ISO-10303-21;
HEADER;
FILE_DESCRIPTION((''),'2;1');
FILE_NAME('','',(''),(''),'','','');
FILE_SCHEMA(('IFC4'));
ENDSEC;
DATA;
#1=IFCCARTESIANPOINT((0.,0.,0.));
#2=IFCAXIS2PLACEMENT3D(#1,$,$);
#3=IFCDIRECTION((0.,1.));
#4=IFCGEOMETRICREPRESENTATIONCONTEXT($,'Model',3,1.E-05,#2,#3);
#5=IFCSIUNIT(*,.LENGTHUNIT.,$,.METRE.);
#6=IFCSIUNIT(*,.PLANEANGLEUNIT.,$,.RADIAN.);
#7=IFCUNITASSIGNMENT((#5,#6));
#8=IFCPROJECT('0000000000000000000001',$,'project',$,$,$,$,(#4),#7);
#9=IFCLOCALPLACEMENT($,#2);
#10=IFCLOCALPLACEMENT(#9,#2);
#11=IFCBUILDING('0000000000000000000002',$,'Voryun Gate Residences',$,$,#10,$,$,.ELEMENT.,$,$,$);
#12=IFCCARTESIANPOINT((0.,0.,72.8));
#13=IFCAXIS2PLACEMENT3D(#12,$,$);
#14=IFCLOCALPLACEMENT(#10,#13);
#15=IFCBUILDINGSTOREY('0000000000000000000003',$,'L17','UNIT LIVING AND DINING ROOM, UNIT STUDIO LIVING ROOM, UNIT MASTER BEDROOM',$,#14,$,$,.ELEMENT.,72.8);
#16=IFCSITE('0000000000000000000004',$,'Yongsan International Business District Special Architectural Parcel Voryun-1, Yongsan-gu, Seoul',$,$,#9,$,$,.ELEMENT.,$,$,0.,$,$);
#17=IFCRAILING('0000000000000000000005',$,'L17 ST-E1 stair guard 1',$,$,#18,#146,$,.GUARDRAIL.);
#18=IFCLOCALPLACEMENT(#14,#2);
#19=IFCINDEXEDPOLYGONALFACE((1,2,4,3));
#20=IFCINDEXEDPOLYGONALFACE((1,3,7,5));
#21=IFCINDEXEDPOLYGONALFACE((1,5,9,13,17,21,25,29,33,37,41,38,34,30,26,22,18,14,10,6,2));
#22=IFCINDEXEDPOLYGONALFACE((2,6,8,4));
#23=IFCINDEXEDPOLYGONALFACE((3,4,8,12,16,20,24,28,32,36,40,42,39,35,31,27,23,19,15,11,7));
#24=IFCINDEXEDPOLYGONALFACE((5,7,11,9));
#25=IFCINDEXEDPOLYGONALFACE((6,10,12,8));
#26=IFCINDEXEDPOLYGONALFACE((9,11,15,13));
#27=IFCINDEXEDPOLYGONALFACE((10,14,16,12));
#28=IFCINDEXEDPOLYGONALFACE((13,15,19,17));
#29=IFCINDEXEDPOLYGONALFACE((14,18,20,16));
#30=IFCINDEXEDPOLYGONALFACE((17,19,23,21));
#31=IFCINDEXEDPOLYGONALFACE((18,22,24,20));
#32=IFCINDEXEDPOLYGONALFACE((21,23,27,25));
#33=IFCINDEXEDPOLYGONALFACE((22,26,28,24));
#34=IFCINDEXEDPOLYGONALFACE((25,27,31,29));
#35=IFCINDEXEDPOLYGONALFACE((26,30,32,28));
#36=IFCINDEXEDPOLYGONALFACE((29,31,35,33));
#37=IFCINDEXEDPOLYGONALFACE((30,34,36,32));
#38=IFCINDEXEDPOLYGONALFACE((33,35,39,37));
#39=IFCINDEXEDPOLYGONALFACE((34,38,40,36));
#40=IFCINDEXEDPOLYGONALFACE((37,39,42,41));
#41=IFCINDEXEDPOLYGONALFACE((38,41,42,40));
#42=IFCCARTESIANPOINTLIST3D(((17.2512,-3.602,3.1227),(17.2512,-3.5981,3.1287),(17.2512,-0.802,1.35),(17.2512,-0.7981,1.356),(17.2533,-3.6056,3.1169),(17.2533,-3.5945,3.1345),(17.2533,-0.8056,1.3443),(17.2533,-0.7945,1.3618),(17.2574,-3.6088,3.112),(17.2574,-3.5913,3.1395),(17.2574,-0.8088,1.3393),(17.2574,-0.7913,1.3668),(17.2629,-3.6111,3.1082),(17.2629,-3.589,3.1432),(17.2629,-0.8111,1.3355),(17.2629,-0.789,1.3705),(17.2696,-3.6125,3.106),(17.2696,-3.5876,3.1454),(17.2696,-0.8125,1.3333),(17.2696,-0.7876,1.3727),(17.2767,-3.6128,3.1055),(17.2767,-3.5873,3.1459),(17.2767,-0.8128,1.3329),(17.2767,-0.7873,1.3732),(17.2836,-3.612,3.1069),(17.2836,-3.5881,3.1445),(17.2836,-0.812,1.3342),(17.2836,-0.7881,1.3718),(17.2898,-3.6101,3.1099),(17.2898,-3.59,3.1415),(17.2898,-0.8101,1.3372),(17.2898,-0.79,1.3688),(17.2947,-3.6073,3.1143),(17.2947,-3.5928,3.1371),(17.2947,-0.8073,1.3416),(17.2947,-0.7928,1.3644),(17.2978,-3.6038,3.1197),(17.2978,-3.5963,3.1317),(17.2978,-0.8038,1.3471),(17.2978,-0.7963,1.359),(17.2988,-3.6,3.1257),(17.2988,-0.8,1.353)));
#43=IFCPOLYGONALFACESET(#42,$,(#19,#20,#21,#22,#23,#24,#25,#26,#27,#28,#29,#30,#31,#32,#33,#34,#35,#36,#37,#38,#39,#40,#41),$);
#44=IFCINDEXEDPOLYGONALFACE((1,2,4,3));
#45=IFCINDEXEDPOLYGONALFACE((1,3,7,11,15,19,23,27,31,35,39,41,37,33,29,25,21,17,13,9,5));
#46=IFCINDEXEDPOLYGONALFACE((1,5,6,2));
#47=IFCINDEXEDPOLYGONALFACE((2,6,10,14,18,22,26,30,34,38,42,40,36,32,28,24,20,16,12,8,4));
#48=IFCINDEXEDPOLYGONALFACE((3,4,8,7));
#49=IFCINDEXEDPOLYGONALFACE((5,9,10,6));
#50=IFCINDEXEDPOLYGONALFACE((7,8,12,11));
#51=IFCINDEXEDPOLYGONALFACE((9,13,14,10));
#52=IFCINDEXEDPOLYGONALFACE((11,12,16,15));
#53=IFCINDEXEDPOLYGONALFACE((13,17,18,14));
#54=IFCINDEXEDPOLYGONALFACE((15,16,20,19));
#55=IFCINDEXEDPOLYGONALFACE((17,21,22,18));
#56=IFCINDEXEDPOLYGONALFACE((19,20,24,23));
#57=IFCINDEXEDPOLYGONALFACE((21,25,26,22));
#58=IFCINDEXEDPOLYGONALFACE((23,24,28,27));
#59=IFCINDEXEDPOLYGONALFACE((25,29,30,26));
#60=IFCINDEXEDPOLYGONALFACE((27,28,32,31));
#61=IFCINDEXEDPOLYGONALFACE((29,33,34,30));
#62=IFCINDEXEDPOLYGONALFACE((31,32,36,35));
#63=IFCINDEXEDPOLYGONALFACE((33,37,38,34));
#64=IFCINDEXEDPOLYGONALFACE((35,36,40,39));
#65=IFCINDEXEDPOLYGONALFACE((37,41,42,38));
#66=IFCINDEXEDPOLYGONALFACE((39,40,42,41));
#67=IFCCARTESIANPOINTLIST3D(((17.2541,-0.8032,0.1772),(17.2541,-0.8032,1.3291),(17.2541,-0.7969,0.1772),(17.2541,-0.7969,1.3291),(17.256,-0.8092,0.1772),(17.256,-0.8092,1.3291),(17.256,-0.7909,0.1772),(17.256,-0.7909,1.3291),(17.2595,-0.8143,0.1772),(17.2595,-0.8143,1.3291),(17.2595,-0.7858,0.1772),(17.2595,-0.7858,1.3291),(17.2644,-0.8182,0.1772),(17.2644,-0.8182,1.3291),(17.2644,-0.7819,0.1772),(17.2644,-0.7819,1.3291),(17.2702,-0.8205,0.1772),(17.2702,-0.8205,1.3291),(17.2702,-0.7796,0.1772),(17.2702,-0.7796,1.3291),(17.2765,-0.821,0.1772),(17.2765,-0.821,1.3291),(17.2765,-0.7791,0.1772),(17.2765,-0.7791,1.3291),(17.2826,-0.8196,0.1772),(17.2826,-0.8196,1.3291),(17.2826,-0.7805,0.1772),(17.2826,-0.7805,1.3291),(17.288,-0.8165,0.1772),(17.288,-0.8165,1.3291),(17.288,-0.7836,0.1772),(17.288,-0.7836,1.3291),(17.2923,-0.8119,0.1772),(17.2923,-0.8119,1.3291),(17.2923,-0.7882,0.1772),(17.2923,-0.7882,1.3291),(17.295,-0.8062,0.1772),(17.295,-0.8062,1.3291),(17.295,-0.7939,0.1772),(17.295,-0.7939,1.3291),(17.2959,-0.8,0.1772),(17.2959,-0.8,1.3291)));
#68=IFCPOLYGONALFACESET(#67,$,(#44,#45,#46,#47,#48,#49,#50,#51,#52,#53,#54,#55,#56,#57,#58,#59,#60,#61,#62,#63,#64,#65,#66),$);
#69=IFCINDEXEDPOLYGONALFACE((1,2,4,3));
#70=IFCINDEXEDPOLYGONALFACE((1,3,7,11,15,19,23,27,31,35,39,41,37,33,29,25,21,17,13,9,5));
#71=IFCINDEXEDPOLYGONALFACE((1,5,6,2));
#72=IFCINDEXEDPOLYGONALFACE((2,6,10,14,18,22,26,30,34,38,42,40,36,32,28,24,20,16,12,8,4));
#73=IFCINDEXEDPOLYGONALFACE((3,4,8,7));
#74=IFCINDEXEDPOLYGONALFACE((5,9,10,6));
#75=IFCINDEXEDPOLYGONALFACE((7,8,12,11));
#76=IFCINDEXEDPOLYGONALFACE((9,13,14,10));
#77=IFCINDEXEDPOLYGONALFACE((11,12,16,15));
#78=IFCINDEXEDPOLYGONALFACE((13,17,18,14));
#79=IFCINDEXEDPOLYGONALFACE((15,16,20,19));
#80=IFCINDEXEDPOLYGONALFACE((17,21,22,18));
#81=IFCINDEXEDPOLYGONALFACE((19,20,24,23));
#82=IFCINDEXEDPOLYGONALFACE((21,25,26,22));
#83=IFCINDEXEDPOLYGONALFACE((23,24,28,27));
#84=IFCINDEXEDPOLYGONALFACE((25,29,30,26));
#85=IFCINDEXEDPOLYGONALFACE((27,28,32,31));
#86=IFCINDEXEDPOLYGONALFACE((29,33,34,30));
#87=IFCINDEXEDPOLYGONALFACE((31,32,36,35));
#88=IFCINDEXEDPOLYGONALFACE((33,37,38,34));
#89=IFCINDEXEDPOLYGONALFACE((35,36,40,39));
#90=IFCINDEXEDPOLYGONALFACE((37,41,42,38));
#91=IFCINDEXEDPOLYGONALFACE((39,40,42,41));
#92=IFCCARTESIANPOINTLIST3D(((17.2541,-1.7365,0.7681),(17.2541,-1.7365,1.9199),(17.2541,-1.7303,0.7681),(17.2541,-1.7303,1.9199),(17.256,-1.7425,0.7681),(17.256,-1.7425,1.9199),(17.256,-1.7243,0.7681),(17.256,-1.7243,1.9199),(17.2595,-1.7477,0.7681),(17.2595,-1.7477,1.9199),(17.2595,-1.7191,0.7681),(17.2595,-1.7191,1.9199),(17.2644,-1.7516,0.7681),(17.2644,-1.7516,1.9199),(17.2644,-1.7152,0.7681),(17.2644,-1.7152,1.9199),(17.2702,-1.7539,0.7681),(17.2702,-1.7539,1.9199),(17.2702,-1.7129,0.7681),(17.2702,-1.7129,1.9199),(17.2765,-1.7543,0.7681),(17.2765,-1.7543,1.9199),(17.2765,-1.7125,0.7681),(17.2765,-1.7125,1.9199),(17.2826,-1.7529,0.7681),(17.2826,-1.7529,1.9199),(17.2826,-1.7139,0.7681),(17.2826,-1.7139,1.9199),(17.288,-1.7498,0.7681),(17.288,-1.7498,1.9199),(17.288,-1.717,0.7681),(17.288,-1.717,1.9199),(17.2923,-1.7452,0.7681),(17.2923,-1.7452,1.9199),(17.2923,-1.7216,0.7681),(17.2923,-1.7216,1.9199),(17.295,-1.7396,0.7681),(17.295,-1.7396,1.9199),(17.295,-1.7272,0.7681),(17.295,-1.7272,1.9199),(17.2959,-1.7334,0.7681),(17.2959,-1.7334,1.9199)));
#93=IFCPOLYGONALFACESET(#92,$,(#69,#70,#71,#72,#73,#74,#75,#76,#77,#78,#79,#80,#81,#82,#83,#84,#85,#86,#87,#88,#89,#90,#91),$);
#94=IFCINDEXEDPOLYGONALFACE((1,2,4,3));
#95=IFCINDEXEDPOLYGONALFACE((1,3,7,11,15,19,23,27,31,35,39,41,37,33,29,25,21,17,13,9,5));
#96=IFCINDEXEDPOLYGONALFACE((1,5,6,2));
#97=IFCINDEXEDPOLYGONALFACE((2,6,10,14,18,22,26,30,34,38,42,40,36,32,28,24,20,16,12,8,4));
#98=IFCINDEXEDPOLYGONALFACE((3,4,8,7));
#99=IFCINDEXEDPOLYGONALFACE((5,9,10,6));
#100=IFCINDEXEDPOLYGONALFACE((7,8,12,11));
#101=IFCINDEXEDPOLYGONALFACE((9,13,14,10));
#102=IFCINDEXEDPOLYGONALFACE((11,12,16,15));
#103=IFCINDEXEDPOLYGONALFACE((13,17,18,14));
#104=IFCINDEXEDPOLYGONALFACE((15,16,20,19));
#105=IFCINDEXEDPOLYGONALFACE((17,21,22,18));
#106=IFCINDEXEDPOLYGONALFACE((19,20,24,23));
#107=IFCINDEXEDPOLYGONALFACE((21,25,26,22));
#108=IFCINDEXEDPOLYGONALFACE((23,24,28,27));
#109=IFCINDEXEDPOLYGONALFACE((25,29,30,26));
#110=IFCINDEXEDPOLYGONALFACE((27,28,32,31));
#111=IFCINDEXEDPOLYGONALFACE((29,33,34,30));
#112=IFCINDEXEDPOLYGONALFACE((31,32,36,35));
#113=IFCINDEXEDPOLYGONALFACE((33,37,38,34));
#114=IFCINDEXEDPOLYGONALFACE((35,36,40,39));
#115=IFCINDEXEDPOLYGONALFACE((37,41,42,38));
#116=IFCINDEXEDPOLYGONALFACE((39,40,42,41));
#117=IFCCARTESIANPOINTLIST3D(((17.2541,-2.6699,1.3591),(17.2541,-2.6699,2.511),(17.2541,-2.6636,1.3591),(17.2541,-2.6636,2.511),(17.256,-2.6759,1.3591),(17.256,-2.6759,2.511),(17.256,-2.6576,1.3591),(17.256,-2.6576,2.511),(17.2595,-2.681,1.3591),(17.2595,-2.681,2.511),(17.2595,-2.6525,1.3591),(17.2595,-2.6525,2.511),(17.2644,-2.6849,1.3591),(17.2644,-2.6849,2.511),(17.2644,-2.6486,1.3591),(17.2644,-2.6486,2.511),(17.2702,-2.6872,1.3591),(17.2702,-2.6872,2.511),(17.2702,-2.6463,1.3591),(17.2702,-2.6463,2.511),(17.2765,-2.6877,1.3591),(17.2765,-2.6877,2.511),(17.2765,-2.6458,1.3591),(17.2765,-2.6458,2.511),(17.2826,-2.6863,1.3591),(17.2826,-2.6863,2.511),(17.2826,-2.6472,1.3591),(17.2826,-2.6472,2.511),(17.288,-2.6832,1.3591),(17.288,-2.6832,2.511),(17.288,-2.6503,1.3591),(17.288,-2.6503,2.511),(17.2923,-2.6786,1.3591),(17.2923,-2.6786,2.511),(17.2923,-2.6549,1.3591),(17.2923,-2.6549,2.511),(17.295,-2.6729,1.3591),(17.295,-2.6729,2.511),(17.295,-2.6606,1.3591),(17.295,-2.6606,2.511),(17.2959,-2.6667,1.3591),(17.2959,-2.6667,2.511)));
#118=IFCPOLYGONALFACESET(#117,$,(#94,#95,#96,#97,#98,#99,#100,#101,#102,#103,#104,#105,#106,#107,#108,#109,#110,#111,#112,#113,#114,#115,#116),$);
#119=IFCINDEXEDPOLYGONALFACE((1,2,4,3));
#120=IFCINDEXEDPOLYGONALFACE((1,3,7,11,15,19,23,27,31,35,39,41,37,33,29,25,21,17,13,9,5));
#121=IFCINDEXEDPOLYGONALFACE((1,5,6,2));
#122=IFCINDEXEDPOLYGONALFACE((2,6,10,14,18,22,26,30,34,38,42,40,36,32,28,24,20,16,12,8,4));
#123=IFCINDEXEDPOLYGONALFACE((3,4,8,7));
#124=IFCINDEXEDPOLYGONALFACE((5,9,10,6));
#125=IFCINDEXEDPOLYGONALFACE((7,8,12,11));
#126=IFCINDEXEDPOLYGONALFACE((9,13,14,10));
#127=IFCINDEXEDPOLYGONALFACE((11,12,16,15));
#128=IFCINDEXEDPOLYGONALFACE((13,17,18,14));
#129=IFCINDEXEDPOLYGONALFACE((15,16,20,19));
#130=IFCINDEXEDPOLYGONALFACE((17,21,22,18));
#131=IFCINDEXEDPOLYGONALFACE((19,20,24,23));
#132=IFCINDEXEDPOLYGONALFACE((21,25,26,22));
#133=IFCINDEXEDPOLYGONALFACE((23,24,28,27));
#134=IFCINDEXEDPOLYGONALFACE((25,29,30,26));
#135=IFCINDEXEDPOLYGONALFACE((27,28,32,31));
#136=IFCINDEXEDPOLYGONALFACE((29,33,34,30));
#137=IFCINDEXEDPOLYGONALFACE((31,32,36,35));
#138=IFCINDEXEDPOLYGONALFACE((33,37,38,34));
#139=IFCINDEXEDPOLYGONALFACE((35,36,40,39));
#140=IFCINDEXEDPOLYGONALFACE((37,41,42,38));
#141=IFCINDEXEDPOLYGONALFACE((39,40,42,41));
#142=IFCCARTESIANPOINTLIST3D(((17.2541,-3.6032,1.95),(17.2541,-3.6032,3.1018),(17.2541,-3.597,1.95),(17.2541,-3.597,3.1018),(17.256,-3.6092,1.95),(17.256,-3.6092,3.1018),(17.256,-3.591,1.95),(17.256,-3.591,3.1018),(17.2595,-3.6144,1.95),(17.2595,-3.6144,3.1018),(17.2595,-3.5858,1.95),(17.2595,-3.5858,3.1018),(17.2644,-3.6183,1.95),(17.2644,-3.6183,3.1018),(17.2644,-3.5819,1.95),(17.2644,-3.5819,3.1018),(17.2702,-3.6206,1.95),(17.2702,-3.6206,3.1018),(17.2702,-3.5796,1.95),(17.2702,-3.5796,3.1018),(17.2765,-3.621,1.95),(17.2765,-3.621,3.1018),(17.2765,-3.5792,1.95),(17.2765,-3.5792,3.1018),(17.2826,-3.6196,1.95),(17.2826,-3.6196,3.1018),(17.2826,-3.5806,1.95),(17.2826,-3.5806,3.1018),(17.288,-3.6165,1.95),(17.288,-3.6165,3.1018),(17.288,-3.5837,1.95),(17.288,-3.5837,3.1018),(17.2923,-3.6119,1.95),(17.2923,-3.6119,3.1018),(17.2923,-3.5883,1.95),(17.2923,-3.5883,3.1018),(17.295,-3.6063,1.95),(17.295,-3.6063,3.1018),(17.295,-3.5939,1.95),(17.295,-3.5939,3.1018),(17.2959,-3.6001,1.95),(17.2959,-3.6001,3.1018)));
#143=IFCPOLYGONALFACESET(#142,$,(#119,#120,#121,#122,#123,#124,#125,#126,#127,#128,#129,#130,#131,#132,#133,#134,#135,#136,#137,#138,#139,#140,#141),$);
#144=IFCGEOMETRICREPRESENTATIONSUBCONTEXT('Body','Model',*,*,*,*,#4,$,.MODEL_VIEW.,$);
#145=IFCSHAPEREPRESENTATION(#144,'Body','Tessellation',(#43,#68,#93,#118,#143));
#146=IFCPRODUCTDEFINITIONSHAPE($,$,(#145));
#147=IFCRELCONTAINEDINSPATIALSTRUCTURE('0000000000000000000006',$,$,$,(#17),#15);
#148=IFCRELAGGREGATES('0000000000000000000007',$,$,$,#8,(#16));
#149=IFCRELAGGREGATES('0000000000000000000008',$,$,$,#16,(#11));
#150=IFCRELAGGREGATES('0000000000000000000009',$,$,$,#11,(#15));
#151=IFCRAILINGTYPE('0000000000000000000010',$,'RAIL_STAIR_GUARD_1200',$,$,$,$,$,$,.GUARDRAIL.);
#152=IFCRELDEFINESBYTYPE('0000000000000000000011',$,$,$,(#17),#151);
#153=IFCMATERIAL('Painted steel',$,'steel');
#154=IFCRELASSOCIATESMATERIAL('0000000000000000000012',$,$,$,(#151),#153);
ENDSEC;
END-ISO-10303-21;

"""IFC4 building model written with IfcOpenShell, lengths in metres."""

from ifc_helpers import new_model, si_unit, direction, frame, origin, origin_2d, place, context, subcontext, project, spatial, circle, extrude, material, type_object, element, save


model = new_model("IFC4")

# Units and contexts
model_context = context("Model", 3, precision=1e-05, world=origin(), true_north=direction((0.0, 1.0)))
body_context = subcontext(model_context, "Body", "Model", "MODEL_VIEW")
ifc_project = project(units=[si_unit("LENGTHUNIT", "METRE"), si_unit("PLANEANGLEUNIT", "RADIAN")], contexts=[model_context])

# Site, building, storey
site_placement = place(None, origin())
site = spatial("IfcSite", under=ifc_project, at=site_placement, Name="Yongsan International Business District Special Architectural Parcel Voryun-1, Yongsan-gu, Seoul", CompositionType="ELEMENT", RefElevation=0.0)
building_placement = place(site_placement, origin())
building = spatial("IfcBuilding", under=site, at=building_placement, Name="Voryun Gate Residences", CompositionType="ELEMENT")
storey_placement = place(building_placement, frame((0.0, 0.0, 72.8)))
storey = spatial("IfcBuildingStorey", under=building, at=storey_placement, Name="L17", Description="UNIT LIVING AND DINING ROOM, UNIT STUDIO LIVING ROOM, UNIT MASTER BEDROOM", CompositionType="ELEMENT", Elevation=72.8)

# Railing
ifc_material_1 = material(Name="Painted steel", Category="steel")
railing_type_1 = type_object("IfcRailingType", Name="RAIL_STAIR_GUARD_1200", PredefinedType="GUARDRAIL", material=ifc_material_1)
railing_1_placement = place(storey_placement, frame((17.2749, -0.8, 0.1772)))
element("IfcRailing", 1, at=railing_1_placement, inside=storey, type_object=railing_type_1, Name="L17 ST-E1 stair guard 1", PredefinedType="GUARDRAIL", context=body_context, shape_type="SweptSolid", body=[
    extrude(circle(Radius=0.0239, at=origin_2d()), frame((0.0, 0.0, 1.1758), z_axis=(0.0, -0.844909, 0.53491), x_axis=(1.0, 0.0, 0.0)), (0.0, 0.0, 1.0), 3.314),
    extrude(circle(Radius=0.021, at=origin_2d()), origin(), (0.0, 0.0, 1.0), 1.1519),
    extrude(circle(Radius=0.021, at=origin_2d()), frame((0.0, -0.9333, 0.5908)), (0.0, 0.0, 1.0), 1.1519),
    extrude(circle(Radius=0.021, at=origin_2d()), frame((0.0, -1.8667, 1.1819)), (0.0, 0.0, 1.0), 1.1519),
    extrude(circle(Radius=0.021, at=origin_2d()), frame((0.0, -2.8, 1.7727)), (0.0, 0.0, 1.0), 1.1519),
])

save(model, "model.ifc")
